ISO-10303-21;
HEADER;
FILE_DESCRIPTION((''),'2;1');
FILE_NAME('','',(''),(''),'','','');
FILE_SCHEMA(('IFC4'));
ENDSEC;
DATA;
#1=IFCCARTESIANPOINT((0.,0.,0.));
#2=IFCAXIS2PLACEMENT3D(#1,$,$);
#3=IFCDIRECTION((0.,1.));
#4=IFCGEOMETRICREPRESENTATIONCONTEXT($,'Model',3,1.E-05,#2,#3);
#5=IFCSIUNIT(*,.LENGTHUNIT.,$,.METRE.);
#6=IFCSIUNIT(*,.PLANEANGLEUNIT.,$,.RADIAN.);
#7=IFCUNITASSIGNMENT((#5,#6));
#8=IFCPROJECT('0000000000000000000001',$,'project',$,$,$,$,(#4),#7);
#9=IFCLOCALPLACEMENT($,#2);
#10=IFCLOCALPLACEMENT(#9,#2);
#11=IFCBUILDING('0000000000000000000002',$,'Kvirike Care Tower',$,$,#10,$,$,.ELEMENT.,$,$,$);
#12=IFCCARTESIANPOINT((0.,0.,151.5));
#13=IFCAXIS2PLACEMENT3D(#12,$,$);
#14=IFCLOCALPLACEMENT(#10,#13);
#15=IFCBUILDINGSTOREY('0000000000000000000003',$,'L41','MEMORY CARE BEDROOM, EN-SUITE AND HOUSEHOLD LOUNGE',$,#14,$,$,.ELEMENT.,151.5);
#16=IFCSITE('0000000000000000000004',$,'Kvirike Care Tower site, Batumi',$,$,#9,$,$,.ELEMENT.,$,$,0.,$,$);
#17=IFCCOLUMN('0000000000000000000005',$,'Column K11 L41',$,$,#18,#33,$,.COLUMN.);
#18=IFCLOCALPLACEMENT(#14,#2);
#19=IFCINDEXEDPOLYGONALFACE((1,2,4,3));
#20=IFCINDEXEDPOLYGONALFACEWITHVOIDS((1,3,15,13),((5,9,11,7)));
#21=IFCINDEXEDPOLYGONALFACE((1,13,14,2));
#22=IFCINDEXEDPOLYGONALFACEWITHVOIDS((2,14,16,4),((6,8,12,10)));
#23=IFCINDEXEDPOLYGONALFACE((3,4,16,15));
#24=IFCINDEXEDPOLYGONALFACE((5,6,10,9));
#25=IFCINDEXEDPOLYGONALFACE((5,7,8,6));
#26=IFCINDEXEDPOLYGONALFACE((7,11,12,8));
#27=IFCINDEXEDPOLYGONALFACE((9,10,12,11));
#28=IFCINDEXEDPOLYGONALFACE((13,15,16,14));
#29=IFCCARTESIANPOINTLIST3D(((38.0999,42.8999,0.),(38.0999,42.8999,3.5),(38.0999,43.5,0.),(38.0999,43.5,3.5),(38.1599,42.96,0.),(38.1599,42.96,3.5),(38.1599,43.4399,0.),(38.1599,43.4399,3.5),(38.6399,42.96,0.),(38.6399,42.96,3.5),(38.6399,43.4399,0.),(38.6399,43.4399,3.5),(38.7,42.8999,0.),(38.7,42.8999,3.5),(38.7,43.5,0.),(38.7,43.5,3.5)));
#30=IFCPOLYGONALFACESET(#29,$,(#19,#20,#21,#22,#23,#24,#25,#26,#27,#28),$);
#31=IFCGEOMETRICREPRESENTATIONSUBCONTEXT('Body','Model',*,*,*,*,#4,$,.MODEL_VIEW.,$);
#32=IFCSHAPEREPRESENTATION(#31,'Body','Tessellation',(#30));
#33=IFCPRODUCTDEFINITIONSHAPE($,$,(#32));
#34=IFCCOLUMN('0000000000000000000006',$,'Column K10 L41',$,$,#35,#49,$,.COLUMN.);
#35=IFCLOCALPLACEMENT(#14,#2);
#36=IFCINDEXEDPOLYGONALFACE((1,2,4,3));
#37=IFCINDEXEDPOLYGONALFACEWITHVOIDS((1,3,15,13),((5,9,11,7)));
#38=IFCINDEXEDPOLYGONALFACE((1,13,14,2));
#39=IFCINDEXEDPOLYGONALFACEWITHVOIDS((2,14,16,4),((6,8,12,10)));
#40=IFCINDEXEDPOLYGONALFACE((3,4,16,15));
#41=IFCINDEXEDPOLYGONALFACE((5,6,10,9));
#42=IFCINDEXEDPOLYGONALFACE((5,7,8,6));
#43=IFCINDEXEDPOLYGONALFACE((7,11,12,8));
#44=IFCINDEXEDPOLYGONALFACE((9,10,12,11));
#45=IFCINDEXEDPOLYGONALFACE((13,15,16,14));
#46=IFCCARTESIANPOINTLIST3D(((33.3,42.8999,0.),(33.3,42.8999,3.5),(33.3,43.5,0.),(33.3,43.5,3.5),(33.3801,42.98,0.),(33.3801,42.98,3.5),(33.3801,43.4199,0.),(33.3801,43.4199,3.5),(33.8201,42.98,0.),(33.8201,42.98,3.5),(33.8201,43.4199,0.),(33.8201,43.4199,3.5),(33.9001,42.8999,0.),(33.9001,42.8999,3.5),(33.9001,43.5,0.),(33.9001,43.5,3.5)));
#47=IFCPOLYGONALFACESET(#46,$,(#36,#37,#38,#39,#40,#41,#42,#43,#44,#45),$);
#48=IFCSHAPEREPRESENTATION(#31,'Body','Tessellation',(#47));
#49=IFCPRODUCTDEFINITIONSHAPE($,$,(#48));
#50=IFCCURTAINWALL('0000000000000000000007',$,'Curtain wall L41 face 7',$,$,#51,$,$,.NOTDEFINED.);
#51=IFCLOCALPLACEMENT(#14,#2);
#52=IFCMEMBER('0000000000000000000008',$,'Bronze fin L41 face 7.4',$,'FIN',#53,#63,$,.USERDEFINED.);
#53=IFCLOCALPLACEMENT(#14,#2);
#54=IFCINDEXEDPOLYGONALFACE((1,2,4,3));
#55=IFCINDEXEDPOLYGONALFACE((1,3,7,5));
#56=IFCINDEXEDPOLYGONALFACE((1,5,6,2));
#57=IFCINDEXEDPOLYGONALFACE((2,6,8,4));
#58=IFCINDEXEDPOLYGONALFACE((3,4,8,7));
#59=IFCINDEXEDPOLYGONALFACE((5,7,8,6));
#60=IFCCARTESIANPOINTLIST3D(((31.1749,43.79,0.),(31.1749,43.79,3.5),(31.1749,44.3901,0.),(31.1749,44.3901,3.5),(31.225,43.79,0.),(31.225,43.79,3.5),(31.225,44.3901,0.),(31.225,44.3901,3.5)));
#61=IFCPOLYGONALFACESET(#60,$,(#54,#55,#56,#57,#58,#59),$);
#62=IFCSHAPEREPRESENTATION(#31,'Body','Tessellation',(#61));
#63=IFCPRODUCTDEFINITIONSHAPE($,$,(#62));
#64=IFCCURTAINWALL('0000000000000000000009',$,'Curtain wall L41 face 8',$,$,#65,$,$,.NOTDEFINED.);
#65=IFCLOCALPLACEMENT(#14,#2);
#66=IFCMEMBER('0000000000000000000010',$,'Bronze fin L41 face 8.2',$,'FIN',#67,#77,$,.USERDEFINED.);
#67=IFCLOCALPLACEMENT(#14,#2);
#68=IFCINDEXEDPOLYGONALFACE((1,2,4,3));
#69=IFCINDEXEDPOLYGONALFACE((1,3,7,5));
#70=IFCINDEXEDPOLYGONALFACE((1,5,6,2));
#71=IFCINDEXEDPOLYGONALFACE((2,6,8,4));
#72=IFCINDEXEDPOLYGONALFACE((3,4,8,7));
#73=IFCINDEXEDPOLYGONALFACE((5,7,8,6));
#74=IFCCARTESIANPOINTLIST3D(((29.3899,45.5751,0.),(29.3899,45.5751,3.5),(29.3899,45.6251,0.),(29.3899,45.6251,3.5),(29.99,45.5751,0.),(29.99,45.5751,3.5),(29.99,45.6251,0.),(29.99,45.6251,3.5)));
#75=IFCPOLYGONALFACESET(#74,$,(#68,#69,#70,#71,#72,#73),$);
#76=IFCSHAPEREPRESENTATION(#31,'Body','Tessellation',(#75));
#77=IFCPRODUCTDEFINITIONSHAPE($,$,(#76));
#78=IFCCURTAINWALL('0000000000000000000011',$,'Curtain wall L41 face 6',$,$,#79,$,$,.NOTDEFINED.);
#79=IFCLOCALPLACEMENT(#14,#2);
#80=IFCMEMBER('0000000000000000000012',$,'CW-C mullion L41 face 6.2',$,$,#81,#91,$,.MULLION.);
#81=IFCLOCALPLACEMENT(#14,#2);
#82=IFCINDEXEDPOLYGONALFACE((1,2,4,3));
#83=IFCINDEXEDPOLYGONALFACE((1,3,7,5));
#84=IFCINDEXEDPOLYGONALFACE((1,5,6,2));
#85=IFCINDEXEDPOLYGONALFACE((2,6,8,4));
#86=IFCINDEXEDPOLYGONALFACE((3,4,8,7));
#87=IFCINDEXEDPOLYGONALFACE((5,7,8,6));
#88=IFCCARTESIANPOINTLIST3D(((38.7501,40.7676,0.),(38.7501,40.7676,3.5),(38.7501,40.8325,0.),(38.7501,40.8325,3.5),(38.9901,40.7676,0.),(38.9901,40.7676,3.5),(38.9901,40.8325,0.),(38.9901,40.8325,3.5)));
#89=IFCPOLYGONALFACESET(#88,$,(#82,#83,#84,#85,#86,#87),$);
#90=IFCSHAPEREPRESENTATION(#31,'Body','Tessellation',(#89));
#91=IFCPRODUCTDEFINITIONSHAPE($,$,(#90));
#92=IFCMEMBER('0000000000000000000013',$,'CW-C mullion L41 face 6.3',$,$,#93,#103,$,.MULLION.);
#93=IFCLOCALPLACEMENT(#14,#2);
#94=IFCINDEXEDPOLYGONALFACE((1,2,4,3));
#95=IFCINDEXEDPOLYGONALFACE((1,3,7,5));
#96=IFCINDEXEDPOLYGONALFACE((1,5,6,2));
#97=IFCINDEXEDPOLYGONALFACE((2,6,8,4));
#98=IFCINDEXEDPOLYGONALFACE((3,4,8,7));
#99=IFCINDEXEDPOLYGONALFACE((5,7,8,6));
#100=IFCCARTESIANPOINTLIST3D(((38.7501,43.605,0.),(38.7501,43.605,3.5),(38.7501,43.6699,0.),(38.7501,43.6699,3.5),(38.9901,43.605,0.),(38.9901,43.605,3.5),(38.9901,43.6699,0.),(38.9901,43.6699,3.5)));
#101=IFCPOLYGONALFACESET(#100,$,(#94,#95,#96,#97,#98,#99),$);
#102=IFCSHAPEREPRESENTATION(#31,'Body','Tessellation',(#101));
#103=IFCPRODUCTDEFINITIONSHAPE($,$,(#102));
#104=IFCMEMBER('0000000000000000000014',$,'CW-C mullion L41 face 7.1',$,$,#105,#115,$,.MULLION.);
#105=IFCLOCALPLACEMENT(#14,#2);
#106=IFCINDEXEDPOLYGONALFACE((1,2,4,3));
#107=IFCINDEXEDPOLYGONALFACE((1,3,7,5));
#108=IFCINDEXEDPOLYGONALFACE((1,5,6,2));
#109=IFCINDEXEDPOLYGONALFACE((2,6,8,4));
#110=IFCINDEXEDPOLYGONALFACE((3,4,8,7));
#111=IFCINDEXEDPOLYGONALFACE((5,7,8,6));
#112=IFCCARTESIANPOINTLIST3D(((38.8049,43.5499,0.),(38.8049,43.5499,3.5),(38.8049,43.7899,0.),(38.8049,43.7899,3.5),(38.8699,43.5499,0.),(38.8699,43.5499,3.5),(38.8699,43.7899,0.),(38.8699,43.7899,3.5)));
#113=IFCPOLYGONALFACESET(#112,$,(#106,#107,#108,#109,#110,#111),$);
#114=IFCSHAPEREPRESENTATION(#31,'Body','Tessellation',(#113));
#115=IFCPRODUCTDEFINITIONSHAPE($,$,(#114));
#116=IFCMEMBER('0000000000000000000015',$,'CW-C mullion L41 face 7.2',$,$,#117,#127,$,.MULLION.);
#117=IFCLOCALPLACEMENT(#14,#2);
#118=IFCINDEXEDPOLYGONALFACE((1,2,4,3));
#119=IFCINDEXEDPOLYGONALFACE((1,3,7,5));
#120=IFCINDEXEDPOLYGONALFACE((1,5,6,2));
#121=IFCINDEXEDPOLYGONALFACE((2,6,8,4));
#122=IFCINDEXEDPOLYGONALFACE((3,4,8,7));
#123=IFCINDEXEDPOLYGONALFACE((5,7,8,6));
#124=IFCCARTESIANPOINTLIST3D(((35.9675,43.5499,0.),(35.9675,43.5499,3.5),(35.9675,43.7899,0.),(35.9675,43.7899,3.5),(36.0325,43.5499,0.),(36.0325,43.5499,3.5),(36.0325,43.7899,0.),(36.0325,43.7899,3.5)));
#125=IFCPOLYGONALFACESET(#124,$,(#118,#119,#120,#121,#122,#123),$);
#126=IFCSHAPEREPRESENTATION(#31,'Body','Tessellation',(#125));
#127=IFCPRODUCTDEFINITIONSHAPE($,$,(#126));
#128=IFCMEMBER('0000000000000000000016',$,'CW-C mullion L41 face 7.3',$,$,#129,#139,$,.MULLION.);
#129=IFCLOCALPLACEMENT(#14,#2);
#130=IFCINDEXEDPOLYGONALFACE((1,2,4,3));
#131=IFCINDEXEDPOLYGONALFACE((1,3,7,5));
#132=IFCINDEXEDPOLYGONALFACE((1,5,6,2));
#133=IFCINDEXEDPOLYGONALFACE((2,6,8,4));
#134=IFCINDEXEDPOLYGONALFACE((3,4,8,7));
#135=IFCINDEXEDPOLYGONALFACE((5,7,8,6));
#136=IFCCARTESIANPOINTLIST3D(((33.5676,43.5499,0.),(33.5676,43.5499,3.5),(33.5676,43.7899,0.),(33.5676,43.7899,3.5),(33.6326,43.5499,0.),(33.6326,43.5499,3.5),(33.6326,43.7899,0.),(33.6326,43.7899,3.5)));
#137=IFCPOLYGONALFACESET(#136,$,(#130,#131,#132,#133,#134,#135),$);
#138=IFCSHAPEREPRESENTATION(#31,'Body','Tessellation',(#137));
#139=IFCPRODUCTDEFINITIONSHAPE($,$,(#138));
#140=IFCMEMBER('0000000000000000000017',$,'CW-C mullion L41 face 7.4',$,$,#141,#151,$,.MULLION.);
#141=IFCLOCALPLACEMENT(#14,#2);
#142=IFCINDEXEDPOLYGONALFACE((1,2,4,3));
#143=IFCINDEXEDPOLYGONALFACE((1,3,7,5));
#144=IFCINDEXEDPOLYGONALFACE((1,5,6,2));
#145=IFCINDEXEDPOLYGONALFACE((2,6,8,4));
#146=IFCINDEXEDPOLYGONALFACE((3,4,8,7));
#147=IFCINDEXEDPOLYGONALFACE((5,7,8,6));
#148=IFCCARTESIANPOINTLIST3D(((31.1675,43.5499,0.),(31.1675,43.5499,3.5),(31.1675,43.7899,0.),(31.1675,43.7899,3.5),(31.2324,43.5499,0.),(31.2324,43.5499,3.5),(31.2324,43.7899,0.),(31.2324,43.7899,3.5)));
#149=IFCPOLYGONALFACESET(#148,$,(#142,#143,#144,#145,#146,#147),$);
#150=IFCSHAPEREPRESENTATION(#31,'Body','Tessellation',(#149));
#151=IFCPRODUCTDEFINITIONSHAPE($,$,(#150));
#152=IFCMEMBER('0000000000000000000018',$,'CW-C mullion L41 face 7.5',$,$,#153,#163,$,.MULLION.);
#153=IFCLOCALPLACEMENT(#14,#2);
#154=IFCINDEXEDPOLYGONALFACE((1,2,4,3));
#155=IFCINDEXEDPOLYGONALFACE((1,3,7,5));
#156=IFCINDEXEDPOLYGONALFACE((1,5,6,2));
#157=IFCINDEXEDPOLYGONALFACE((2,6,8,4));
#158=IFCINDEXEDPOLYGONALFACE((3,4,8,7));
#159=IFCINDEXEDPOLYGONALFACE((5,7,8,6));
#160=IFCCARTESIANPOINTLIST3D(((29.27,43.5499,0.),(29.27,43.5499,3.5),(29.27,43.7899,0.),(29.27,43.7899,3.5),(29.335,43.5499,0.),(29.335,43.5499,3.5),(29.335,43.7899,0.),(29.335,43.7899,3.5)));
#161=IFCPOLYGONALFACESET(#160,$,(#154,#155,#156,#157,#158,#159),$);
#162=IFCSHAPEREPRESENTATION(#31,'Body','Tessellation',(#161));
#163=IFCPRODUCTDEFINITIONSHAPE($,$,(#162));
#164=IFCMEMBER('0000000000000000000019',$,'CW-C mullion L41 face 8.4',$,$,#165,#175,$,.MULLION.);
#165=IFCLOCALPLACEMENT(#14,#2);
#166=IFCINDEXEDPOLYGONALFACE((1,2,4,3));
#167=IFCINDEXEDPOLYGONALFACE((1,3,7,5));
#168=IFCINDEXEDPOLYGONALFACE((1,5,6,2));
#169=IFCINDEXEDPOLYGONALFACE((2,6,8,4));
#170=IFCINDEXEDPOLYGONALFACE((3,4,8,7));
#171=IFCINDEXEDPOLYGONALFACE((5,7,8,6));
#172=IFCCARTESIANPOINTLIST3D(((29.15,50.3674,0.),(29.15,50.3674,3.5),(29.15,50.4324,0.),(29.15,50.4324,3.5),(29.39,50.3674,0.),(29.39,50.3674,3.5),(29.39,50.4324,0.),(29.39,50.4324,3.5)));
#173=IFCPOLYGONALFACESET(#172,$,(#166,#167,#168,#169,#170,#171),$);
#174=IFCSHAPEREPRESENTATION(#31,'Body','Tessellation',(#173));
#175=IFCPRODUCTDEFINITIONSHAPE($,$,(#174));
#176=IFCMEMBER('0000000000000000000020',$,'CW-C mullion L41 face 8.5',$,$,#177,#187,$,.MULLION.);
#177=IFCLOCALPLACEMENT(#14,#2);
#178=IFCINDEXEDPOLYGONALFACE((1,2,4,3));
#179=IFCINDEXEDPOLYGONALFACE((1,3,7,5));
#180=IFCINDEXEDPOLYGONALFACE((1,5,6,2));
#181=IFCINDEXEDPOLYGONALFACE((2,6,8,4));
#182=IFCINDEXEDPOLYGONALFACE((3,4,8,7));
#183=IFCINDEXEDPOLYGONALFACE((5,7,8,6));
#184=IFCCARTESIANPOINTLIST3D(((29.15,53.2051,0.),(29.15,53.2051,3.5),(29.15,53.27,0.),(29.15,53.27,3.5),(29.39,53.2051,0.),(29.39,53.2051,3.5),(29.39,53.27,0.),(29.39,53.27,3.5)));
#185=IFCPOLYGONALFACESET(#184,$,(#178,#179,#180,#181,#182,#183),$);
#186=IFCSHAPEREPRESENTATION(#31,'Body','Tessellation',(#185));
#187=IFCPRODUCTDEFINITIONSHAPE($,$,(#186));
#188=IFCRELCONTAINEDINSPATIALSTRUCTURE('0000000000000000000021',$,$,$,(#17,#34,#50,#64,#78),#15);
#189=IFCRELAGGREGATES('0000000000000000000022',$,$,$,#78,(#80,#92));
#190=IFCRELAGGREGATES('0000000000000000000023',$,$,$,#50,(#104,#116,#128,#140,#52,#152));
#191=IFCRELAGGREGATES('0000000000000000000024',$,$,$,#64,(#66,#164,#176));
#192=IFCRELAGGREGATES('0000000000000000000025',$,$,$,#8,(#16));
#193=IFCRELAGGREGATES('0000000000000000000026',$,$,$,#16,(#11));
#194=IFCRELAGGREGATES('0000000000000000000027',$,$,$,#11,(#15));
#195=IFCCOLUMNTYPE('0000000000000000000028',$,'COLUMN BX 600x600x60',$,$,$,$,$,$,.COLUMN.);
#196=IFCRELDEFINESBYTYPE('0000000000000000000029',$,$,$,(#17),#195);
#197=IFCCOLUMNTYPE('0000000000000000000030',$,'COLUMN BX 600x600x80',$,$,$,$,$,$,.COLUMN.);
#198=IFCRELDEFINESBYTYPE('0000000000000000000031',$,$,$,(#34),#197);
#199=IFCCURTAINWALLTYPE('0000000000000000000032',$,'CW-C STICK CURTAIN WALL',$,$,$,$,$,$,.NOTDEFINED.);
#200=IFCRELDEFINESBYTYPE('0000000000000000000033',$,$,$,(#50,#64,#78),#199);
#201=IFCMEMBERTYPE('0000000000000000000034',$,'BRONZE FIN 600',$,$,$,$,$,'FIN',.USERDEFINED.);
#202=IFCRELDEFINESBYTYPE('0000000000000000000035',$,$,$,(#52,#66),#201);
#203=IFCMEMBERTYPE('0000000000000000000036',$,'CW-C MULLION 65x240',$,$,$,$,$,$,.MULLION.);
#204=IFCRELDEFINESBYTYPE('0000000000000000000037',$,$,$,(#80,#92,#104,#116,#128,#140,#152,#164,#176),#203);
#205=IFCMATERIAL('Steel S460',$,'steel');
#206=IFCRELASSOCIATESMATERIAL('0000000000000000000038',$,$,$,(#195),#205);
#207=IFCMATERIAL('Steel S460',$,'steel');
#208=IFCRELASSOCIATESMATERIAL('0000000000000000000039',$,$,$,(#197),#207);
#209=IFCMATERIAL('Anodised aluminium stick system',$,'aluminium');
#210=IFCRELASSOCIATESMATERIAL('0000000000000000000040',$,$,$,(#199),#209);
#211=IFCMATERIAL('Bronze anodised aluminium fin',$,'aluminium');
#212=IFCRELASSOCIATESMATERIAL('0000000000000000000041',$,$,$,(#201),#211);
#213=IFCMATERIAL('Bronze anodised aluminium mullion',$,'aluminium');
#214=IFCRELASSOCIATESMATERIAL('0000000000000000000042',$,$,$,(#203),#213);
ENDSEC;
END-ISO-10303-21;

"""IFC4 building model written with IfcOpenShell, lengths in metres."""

from ifc_helpers import new_model, si_unit, direction, frame, origin, origin_2d, place, context, subcontext, project, spatial, rectangle, hollow_rectangle, extrude, material, material_profile, profile_set, type_object, element, aggregate, save


model = new_model("IFC4")

# Units and contexts
model_context = context("Model", 3, precision=1e-05, world=origin(), true_north=direction((0.0, 1.0)))
body_context = subcontext(model_context, "Body", "Model", "MODEL_VIEW")
ifc_project = project(units=[si_unit("LENGTHUNIT", "METRE"), si_unit("PLANEANGLEUNIT", "RADIAN")], contexts=[model_context])

# Site, building, storey
site_placement = place(None, origin())
site = spatial("IfcSite", under=ifc_project, at=site_placement, Name="Kvirike Care Tower site, Batumi", CompositionType="ELEMENT", RefElevation=0.0)
building_placement = place(site_placement, origin())
building = spatial("IfcBuilding", under=site, at=building_placement, Name="Kvirike Care Tower", CompositionType="ELEMENT")
storey_placement = place(building_placement, frame((0.0, 0.0, 151.5)))
storey = spatial("IfcBuildingStorey", under=building, at=storey_placement, Name="L41", Description="MEMORY CARE BEDROOM, EN-SUITE AND HOUSEHOLD LOUNGE", CompositionType="ELEMENT", Elevation=151.5)

# Columns
ifc_material_1 = material(Name="Steel S460", Category="steel")
ifc_material_profile_1 = material_profile(ifc_material_1, hollow_rectangle(XDim=0.6001, YDim=0.6001, WallThickness=0.0601, at=origin_2d()), Name="BX 600x600x60")
ifc_profile_set_1 = profile_set([ifc_material_profile_1], Name="Steel S460")
column_type_1 = type_object("IfcColumnType", Name="COLUMN BX 600x600x60", PredefinedType="COLUMN", material=ifc_profile_set_1)
column_1_placement = place(storey_placement, frame((38.3999, 43.2, 0.0), z_axis=(0.0, 0.0, 1.0), x_axis=(0.0, 1.0, 0.0)))
element("IfcColumn", 1, at=column_1_placement, inside=storey, type_object=column_type_1, Name="Column K11 L41", PredefinedType="COLUMN", context=body_context, shape_type="SweptSolid", body=[
    extrude(hollow_rectangle(XDim=0.6001, YDim=0.6001, WallThickness=0.0601, at=origin_2d()), origin(), (0.0, 0.0, 1.0), 3.5),
])
ifc_material_2 = material(Name="Steel S460", Category="steel")
ifc_material_profile_2 = material_profile(ifc_material_2, hollow_rectangle(XDim=0.6001, YDim=0.6001, WallThickness=0.0801, at=origin_2d()), Name="BX 600x600x80")
ifc_profile_set_2 = profile_set([ifc_material_profile_2], Name="Steel S460")
column_type_2 = type_object("IfcColumnType", Name="COLUMN BX 600x600x80", PredefinedType="COLUMN", material=ifc_profile_set_2)
column_2_placement = place(storey_placement, frame((33.6001, 43.2, 0.0), z_axis=(0.0, 0.0, 1.0), x_axis=(0.0, 1.0, 0.0)))
element("IfcColumn", 2, at=column_2_placement, inside=storey, type_object=column_type_2, Name="Column K10 L41", PredefinedType="COLUMN", context=body_context, shape_type="SweptSolid", body=[
    extrude(hollow_rectangle(XDim=0.6001, YDim=0.6001, WallThickness=0.0801, at=origin_2d()), origin(), (0.0, 0.0, 1.0), 3.5),
])

# Curtain walls, members
ifc_material_3 = material(Name="Anodised aluminium stick system", Category="aluminium")
curtain_wall_type = type_object("IfcCurtainWallType", Name="CW-C STICK CURTAIN WALL", PredefinedType="NOTDEFINED", material=ifc_material_3)
curtain_wall_1_placement = place(storey_placement, origin())
curtain_wall_1 = element("IfcCurtainWall", 3, at=curtain_wall_1_placement, inside=storey, type_object=curtain_wall_type, Name="Curtain wall L41 face 7", PredefinedType="NOTDEFINED")
ifc_material_4 = material(Name="Bronze anodised aluminium fin", Category="aluminium")
ifc_material_profile_3 = material_profile(ifc_material_4, rectangle(XDim=0.05, YDim=0.6001, at=origin_2d()), Name="BRONZE FIN 600")
ifc_profile_set_3 = profile_set([ifc_material_profile_3], Name="Bronze anodised aluminium fin")
member_type_1 = type_object("IfcMemberType", Name="BRONZE FIN 600", ElementType="FIN", PredefinedType="USERDEFINED", material=ifc_profile_set_3)
member_1_placement = place(storey_placement, frame((31.2, 44.0901, 0.0), z_axis=(0.0, 0.0, 1.0), x_axis=(-1.0, 0.0, 0.0)))
member_1 = element("IfcMember", 4, at=member_1_placement, type_object=member_type_1, Name="Bronze fin L41 face 7.4", ObjectType="FIN", PredefinedType="USERDEFINED", context=body_context, shape_type="SweptSolid", body=[
    extrude(rectangle(XDim=0.05, YDim=0.6001, at=origin_2d()), origin(), (0.0, 0.0, 1.0), 3.5),
])
curtain_wall_2_placement = place(storey_placement, origin())
curtain_wall_2 = element("IfcCurtainWall", 5, at=curtain_wall_2_placement, inside=storey, type_object=curtain_wall_type, Name="Curtain wall L41 face 8", PredefinedType="NOTDEFINED")
member_2_placement = place(storey_placement, frame((29.6899, 45.6001, 0.0), z_axis=(0.0, 0.0, 1.0), x_axis=(0.0, 1.0, 0.0)))
member_2 = element("IfcMember", 6, at=member_2_placement, type_object=member_type_1, Name="Bronze fin L41 face 8.2", ObjectType="FIN", PredefinedType="USERDEFINED", context=body_context, shape_type="SweptSolid", body=[
    extrude(rectangle(XDim=0.05, YDim=0.6001, at=origin_2d()), origin(), (0.0, 0.0, 1.0), 3.5),
])

# Curtain wall, members
curtain_wall_3_placement = place(storey_placement, origin())
curtain_wall_3 = element("IfcCurtainWall", 7, at=curtain_wall_3_placement, inside=storey, type_object=curtain_wall_type, Name="Curtain wall L41 face 6", PredefinedType="NOTDEFINED")
ifc_material_5 = material(Name="Bronze anodised aluminium mullion", Category="aluminium")
ifc_material_profile_4 = material_profile(ifc_material_5, rectangle(XDim=0.0649, YDim=0.24, at=origin_2d()), Name="CW-C MULLION 65x240")
ifc_profile_set_4 = profile_set([ifc_material_profile_4], Name="Bronze anodised aluminium mullion")
member_type_2 = type_object("IfcMemberType", Name="CW-C MULLION 65x240", PredefinedType="MULLION", material=ifc_profile_set_4)
member_3_placement = place(storey_placement, frame((38.8701, 40.8, 0.0), z_axis=(0.0, 0.0, 1.0), x_axis=(0.0, 1.0, 0.0)))
member_3 = element("IfcMember", 8, at=member_3_placement, type_object=member_type_2, Name="CW-C mullion L41 face 6.2", PredefinedType="MULLION", context=body_context, shape_type="SweptSolid", body=[
    extrude(rectangle(XDim=0.0649, YDim=0.24, at=origin_2d()), origin(), (0.0, 0.0, 1.0), 3.5),
])
member_4_placement = place(storey_placement, frame((38.8701, 43.6375, 0.0), z_axis=(0.0, 0.0, 1.0), x_axis=(0.0, 1.0, 0.0)))
member_4 = element("IfcMember", 9, at=member_4_placement, type_object=member_type_2, Name="CW-C mullion L41 face 6.3", PredefinedType="MULLION", context=body_context, shape_type="SweptSolid", body=[
    extrude(rectangle(XDim=0.0649, YDim=0.24, at=origin_2d()), origin(), (0.0, 0.0, 1.0), 3.5),
])

# Members
member_5_placement = place(storey_placement, frame((38.8374, 43.6699, 0.0), z_axis=(0.0, 0.0, 1.0), x_axis=(-1.0, 0.0, 0.0)))
member_5 = element("IfcMember", 10, at=member_5_placement, type_object=member_type_2, Name="CW-C mullion L41 face 7.1", PredefinedType="MULLION", context=body_context, shape_type="SweptSolid", body=[
    extrude(rectangle(XDim=0.0649, YDim=0.24, at=origin_2d()), origin(), (0.0, 0.0, 1.0), 3.5),
])
member_6_placement = place(storey_placement, frame((36.0, 43.6699, 0.0), z_axis=(0.0, 0.0, 1.0), x_axis=(-1.0, 0.0, 0.0)))
member_6 = element("IfcMember", 11, at=member_6_placement, type_object=member_type_2, Name="CW-C mullion L41 face 7.2", PredefinedType="MULLION", context=body_context, shape_type="SweptSolid", body=[
    extrude(rectangle(XDim=0.0649, YDim=0.24, at=origin_2d()), origin(), (0.0, 0.0, 1.0), 3.5),
])
member_7_placement = place(storey_placement, frame((33.6001, 43.6699, 0.0), z_axis=(0.0, 0.0, 1.0), x_axis=(-1.0, 0.0, 0.0)))
member_7 = element("IfcMember", 12, at=member_7_placement, type_object=member_type_2, Name="CW-C mullion L41 face 7.3", PredefinedType="MULLION", context=body_context, shape_type="SweptSolid", body=[
    extrude(rectangle(XDim=0.0649, YDim=0.24, at=origin_2d()), origin(), (0.0, 0.0, 1.0), 3.5),
])
member_8_placement = place(storey_placement, frame((31.2, 43.6699, 0.0), z_axis=(0.0, 0.0, 1.0), x_axis=(-1.0, 0.0, 0.0)))
member_8 = element("IfcMember", 13, at=member_8_placement, type_object=member_type_2, Name="CW-C mullion L41 face 7.4", PredefinedType="MULLION", context=body_context, shape_type="SweptSolid", body=[
    extrude(rectangle(XDim=0.0649, YDim=0.24, at=origin_2d()), origin(), (0.0, 0.0, 1.0), 3.5),
])
member_9_placement = place(storey_placement, frame((29.3025, 43.6699, 0.0), z_axis=(0.0, 0.0, 1.0), x_axis=(-1.0, 0.0, 0.0)))
member_9 = element("IfcMember", 14, at=member_9_placement, type_object=member_type_2, Name="CW-C mullion L41 face 7.5", PredefinedType="MULLION", context=body_context, shape_type="SweptSolid", body=[
    extrude(rectangle(XDim=0.0649, YDim=0.24, at=origin_2d()), origin(), (0.0, 0.0, 1.0), 3.5),
])
member_10_placement = place(storey_placement, frame((29.27, 50.3999, 0.0), z_axis=(0.0, 0.0, 1.0), x_axis=(0.0, 1.0, 0.0)))
member_10 = element("IfcMember", 15, at=member_10_placement, type_object=member_type_2, Name="CW-C mullion L41 face 8.4", PredefinedType="MULLION", context=body_context, shape_type="SweptSolid", body=[
    extrude(rectangle(XDim=0.0649, YDim=0.24, at=origin_2d()), origin(), (0.0, 0.0, 1.0), 3.5),
])
member_11_placement = place(storey_placement, frame((29.27, 53.2375, 0.0), z_axis=(0.0, 0.0, 1.0), x_axis=(0.0, 1.0, 0.0)))
member_11 = element("IfcMember", 16, at=member_11_placement, type_object=member_type_2, Name="CW-C mullion L41 face 8.5", PredefinedType="MULLION", context=body_context, shape_type="SweptSolid", body=[
    extrude(rectangle(XDim=0.0649, YDim=0.24, at=origin_2d()), origin(), (0.0, 0.0, 1.0), 3.5),
])

aggregate(curtain_wall_3, [member_3, member_4])
aggregate(curtain_wall_1, [member_5, member_6, member_7, member_8, member_1, member_9])
aggregate(curtain_wall_2, [member_2, member_10, member_11])

save(model, "model.ifc")
